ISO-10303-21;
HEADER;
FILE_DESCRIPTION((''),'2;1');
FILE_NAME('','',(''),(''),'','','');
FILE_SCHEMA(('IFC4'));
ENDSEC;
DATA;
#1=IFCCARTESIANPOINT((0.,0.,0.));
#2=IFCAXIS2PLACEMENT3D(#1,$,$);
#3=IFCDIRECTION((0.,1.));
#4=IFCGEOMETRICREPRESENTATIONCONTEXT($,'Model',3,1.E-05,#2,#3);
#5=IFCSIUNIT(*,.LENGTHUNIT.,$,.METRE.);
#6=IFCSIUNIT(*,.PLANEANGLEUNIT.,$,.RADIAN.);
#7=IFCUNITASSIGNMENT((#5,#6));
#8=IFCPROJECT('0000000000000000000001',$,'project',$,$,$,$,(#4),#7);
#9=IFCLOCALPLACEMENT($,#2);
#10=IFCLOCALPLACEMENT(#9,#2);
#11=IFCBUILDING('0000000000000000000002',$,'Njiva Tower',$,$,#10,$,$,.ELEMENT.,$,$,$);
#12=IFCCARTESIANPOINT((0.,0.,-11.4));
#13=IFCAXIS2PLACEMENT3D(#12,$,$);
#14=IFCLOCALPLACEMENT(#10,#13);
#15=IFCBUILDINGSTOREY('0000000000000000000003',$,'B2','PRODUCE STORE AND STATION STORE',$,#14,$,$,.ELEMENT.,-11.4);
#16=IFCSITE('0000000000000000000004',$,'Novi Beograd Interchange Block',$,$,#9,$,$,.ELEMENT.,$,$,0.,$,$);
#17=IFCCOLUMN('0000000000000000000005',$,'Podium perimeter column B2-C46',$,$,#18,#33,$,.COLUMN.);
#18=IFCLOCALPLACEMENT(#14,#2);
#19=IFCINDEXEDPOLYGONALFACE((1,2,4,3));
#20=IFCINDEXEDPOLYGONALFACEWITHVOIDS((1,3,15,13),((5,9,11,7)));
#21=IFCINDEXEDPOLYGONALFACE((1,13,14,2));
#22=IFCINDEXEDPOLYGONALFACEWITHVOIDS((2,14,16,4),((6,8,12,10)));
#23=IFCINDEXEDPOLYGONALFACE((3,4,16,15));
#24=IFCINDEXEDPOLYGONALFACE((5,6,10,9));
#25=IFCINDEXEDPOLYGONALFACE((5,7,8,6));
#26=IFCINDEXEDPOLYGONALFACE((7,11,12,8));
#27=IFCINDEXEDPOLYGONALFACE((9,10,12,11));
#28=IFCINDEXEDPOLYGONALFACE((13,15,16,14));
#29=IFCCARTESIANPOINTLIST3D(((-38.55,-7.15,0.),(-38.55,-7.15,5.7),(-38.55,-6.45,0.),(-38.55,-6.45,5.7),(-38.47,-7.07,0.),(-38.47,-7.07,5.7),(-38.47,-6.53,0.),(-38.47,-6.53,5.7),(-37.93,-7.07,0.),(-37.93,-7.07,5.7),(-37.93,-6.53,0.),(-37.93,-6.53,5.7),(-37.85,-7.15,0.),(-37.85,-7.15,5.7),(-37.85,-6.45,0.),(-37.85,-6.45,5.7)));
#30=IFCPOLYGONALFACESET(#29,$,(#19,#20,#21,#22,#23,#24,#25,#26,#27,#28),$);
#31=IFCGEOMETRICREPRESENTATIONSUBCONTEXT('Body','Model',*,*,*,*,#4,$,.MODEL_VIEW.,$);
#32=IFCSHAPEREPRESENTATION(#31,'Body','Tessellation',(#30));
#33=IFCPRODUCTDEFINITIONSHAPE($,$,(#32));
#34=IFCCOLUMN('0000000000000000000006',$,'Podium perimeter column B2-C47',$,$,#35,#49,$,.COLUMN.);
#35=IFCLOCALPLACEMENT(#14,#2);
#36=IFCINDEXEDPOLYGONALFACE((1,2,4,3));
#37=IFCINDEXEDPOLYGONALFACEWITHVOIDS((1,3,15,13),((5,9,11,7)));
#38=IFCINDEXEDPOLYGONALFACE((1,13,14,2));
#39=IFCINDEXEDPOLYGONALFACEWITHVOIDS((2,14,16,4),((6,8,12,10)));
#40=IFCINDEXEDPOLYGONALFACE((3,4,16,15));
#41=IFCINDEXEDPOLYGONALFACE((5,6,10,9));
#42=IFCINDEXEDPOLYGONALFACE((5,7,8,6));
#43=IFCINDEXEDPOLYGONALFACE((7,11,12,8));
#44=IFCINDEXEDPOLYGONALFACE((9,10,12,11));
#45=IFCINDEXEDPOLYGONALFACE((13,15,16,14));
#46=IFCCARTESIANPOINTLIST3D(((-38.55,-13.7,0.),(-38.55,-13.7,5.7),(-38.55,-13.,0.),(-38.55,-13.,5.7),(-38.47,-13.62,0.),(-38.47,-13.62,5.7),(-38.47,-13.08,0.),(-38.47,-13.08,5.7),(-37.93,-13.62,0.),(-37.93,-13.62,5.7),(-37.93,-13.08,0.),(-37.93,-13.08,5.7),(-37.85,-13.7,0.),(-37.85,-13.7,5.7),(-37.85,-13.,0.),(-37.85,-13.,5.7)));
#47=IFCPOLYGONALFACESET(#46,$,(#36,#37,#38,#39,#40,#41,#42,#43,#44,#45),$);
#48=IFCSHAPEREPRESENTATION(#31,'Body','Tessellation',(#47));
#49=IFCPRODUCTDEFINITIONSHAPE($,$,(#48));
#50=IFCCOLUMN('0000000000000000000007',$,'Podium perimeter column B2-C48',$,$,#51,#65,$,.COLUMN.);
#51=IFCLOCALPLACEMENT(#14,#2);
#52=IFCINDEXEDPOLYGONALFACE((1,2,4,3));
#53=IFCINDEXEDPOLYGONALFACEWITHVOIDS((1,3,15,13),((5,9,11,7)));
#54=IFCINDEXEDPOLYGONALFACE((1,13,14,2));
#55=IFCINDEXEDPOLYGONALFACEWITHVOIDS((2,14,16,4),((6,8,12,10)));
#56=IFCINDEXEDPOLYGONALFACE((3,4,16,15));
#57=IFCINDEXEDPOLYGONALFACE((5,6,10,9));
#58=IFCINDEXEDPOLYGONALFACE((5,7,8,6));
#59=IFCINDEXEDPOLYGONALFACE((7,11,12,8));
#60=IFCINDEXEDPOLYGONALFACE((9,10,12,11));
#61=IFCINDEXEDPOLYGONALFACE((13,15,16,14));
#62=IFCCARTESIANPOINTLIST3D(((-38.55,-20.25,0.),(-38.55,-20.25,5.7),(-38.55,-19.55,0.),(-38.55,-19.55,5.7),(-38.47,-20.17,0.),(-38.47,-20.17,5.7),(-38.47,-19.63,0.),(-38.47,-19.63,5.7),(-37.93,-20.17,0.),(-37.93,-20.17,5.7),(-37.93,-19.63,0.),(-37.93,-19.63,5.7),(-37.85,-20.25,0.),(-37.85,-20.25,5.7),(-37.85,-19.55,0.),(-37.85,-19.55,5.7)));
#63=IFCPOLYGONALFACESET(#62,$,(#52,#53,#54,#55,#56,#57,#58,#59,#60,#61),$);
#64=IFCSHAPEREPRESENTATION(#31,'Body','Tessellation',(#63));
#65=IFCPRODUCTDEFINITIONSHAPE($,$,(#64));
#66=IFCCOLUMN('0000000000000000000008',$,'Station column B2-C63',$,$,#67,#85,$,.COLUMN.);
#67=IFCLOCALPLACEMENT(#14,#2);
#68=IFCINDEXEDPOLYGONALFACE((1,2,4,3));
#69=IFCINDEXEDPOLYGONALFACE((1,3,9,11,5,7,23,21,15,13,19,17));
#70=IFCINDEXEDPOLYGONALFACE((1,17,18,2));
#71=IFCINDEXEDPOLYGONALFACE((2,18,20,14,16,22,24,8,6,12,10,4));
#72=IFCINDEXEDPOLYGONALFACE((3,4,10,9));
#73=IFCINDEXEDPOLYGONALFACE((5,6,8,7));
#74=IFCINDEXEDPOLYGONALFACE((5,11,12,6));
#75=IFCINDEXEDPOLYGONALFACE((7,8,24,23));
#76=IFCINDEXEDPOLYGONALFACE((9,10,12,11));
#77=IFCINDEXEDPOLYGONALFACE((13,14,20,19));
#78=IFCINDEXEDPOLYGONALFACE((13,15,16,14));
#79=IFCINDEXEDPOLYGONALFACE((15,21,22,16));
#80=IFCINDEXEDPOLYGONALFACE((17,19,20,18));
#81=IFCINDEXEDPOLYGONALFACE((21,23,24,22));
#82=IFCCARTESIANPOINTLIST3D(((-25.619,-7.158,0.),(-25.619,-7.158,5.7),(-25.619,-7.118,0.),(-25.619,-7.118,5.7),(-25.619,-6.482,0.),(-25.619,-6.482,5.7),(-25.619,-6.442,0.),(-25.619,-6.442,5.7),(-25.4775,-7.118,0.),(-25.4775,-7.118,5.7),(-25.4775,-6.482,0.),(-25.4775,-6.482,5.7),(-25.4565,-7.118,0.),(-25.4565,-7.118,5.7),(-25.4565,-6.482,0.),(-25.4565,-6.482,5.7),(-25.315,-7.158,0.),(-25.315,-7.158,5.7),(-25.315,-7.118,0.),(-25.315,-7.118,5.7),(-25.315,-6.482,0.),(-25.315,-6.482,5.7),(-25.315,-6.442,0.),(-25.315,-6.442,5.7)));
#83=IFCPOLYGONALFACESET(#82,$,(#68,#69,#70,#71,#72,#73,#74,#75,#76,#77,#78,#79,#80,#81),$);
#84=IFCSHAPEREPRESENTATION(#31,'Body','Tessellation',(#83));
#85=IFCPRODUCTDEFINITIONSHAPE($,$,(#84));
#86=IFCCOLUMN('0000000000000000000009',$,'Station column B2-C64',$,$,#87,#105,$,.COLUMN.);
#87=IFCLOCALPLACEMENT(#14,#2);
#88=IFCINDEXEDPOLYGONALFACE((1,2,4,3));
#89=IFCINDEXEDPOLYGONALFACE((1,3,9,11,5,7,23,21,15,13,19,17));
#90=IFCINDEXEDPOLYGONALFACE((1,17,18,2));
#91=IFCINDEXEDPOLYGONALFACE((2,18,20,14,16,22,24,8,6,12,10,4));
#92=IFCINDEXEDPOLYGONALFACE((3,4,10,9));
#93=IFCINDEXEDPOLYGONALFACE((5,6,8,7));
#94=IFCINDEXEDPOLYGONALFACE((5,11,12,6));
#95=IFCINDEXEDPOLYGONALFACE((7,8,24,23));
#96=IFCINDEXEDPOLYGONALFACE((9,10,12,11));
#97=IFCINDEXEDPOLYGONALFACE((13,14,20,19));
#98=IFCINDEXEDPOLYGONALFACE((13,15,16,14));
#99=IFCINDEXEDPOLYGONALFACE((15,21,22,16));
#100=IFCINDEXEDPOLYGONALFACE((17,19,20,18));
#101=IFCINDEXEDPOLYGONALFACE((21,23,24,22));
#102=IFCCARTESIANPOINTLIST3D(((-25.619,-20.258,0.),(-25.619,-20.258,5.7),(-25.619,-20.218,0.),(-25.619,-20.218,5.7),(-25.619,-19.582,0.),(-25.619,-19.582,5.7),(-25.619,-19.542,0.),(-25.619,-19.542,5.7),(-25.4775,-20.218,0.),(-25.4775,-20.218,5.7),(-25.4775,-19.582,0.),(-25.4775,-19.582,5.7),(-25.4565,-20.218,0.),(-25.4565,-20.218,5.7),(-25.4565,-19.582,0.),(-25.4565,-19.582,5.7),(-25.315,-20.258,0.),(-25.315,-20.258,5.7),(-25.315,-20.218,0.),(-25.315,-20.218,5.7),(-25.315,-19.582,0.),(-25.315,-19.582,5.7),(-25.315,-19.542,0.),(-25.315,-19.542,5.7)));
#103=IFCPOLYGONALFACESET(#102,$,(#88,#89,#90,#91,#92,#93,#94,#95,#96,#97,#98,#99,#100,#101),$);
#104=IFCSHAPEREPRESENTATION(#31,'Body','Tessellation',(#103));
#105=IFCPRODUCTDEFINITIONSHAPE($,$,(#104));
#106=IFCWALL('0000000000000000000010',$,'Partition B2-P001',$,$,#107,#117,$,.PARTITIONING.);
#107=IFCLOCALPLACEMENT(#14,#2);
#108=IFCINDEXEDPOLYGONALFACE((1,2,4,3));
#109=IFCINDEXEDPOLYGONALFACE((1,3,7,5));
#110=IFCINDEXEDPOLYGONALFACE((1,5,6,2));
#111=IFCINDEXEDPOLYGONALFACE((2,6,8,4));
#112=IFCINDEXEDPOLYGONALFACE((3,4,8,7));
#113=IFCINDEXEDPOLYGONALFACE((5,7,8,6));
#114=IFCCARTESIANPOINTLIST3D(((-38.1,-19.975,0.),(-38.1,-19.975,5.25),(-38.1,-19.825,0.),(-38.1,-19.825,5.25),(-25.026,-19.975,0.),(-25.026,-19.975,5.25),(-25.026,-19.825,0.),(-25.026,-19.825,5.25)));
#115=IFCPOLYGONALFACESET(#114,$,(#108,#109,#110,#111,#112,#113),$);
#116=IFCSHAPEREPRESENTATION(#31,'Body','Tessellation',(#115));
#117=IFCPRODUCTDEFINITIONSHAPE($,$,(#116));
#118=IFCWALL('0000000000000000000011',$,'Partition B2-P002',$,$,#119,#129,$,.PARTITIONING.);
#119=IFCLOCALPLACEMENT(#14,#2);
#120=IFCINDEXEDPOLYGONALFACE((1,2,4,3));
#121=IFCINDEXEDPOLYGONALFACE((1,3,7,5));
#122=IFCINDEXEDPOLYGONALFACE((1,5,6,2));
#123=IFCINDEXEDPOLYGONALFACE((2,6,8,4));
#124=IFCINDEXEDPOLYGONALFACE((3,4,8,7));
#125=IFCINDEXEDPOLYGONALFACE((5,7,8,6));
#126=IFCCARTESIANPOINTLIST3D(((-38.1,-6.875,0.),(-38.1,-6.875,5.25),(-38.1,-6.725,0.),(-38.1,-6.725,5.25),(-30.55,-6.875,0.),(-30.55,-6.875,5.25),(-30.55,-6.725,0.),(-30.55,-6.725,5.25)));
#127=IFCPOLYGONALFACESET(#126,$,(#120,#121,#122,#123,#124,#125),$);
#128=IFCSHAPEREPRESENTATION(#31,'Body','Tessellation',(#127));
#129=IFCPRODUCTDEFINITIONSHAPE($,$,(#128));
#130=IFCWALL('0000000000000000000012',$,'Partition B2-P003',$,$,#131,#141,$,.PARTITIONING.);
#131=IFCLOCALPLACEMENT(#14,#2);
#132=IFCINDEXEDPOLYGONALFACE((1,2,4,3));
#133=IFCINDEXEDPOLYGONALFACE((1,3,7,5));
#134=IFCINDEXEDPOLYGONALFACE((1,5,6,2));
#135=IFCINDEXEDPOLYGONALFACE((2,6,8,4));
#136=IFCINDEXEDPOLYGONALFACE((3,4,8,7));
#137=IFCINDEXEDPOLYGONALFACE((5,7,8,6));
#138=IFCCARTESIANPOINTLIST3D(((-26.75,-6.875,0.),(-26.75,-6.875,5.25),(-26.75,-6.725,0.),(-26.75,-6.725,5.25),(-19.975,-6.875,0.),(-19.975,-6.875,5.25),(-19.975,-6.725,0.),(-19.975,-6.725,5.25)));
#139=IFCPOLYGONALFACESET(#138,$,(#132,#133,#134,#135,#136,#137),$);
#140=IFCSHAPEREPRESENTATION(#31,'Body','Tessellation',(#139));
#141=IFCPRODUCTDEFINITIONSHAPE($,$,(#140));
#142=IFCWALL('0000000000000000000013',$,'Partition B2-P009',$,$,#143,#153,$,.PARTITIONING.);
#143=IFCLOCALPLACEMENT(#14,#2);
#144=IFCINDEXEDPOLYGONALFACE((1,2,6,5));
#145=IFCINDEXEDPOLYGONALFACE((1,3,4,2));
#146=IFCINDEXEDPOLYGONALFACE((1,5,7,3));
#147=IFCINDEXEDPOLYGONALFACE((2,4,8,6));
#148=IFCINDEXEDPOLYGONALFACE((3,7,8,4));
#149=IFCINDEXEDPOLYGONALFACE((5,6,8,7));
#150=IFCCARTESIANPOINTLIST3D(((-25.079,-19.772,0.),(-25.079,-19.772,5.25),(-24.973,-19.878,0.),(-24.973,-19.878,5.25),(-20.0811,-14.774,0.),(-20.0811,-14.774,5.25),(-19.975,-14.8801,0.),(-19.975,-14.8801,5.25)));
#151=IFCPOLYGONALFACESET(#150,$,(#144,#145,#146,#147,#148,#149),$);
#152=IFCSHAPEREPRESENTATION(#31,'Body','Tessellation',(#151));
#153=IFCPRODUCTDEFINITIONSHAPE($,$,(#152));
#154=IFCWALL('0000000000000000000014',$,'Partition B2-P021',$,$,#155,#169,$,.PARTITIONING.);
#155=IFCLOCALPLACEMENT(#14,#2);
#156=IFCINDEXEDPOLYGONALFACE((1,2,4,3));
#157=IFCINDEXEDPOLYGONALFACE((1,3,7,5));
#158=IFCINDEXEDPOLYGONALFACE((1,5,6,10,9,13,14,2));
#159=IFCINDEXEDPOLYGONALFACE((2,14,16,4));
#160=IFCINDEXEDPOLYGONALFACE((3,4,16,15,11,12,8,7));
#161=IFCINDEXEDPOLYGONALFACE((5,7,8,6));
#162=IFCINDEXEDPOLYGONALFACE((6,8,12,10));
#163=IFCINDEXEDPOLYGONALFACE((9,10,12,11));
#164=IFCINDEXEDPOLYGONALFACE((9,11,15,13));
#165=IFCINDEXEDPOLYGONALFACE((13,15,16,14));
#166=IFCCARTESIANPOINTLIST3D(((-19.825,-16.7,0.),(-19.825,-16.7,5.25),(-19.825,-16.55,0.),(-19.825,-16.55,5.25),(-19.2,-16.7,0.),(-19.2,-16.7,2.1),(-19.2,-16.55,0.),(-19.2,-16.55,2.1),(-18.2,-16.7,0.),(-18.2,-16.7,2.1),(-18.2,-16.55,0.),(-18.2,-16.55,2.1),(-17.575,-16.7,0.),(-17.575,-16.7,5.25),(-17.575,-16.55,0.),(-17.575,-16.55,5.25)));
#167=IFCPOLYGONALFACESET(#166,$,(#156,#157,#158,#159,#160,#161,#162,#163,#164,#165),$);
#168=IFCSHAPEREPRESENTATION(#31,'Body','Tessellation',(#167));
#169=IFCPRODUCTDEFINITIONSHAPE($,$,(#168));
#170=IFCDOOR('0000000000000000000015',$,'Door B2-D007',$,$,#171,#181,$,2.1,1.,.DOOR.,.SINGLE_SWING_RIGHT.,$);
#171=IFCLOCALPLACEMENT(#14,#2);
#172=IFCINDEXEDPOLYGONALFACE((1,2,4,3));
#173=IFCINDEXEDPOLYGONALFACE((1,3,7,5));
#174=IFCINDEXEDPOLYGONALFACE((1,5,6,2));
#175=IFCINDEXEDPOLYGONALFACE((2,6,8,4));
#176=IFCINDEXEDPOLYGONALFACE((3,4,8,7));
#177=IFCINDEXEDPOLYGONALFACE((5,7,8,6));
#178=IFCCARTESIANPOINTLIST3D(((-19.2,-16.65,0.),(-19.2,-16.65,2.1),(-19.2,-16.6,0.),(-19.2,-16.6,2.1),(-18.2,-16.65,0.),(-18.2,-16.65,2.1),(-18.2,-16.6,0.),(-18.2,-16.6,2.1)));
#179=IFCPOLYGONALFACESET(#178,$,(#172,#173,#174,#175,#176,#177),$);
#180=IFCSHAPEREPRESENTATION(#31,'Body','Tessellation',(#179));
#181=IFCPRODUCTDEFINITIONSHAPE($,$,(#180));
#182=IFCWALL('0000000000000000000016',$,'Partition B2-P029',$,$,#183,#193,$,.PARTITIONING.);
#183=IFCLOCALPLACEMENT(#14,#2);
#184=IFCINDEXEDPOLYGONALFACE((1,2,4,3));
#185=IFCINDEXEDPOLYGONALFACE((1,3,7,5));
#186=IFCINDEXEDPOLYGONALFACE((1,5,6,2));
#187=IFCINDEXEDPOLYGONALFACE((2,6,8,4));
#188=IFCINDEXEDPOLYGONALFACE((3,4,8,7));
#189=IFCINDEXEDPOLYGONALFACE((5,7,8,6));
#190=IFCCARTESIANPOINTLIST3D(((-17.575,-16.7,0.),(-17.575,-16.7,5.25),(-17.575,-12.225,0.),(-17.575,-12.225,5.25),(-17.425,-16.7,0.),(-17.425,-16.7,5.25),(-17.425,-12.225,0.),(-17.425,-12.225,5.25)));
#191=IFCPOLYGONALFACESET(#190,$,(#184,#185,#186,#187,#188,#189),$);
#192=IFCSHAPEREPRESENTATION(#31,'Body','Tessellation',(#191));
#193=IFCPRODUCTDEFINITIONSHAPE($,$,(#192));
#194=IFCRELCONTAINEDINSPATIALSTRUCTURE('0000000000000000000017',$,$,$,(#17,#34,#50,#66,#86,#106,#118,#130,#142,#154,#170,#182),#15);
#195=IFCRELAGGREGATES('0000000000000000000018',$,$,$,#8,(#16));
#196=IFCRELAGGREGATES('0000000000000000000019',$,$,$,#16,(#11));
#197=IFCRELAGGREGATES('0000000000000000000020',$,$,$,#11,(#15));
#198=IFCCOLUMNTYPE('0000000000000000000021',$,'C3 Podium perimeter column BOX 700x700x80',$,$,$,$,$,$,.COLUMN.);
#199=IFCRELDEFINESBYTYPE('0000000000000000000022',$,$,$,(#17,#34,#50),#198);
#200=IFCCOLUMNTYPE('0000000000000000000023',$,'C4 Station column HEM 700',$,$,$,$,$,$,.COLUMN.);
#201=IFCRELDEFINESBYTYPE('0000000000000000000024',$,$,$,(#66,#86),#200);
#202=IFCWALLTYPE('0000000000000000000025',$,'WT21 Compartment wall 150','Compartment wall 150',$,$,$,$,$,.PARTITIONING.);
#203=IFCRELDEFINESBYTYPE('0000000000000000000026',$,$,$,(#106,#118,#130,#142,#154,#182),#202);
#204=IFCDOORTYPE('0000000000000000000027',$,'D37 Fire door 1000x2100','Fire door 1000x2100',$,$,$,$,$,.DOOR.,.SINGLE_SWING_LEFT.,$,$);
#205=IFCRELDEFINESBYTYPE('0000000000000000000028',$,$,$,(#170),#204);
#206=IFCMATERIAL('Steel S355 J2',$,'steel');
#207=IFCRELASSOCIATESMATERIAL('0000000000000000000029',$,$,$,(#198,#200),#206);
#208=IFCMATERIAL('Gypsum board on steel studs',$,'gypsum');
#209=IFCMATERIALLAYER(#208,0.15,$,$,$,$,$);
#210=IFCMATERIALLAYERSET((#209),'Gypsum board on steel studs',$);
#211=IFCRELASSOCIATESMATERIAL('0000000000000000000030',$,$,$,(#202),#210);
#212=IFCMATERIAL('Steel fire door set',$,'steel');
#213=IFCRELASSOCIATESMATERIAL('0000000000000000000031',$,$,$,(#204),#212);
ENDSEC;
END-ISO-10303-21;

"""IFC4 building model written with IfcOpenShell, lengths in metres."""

from ifc_helpers import new_model, si_unit, direction, frame, frame_2d, origin, origin_2d, place, context, subcontext, project, spatial, rectangle, hollow_rectangle, i_section, extrude, material, layer, layer_set, material_profile, profile_set, type_object, element, fill, save


model = new_model("IFC4")

# Units and contexts
model_context = context("Model", 3, precision=1e-05, world=origin(), true_north=direction((0.0, 1.0)))
body_context = subcontext(model_context, "Body", "Model", "MODEL_VIEW")
ifc_project = project(units=[si_unit("LENGTHUNIT", "METRE"), si_unit("PLANEANGLEUNIT", "RADIAN")], contexts=[model_context])

# Site, building, storey
site_placement = place(None, origin())
site = spatial("IfcSite", under=ifc_project, at=site_placement, Name="Novi Beograd Interchange Block", CompositionType="ELEMENT", RefElevation=0.0)
building_placement = place(site_placement, origin())
building = spatial("IfcBuilding", under=site, at=building_placement, Name="Njiva Tower", CompositionType="ELEMENT")
storey_placement = place(building_placement, frame((0.0, 0.0, -11.4)))
storey = spatial("IfcBuildingStorey", under=building, at=storey_placement, Name="B2", Description="PRODUCE STORE AND STATION STORE", CompositionType="ELEMENT", Elevation=-11.4)

# Columns
ifc_material_1 = material(Name="Steel S355 J2", Category="steel")
ifc_material_profile_1 = material_profile(ifc_material_1, hollow_rectangle(XDim=0.7, YDim=0.7, WallThickness=0.08, at=origin_2d()), Name="BOX 700x700x80")
ifc_profile_set_1 = profile_set([ifc_material_profile_1], Name="Steel S355 J2")
column_type_1 = type_object("IfcColumnType", Name="C3 Podium perimeter column BOX 700x700x80", PredefinedType="COLUMN", material=ifc_profile_set_1)
for number, where, z_axis, x_axis, name in (
    (1, (-38.2, -6.8, 0.0), (0.0, 0.0, 1.0), (0.0, -1.0, 0.0), "Podium perimeter column B2-C46"),
    (2, (-38.2, -13.35, 0.0), (0.0, 0.0, 1.0), (0.0, -1.0, 0.0), "Podium perimeter column B2-C47"),
    (3, (-38.2, -19.9, 0.0), (0.0, 0.0, 1.0), (0.0, -1.0, 0.0), "Podium perimeter column B2-C48"),
):
    element("IfcColumn", number, at=place(storey_placement, frame(where, z_axis=z_axis, x_axis=x_axis)), inside=storey, type_object=column_type_1, Name=name, PredefinedType="COLUMN", context=body_context, shape_type="SweptSolid", body=[
        extrude(hollow_rectangle(XDim=0.7, YDim=0.7, WallThickness=0.08, at=origin_2d()), origin(), (0.0, 0.0, 1.0), 5.7),
    ])
ifc_material_profile_2 = material_profile(ifc_material_1, i_section(OverallWidth=0.304, OverallDepth=0.716, WebThickness=0.021, FlangeThickness=0.04, at=origin_2d()), Name="HEM 700")
ifc_profile_set_2 = profile_set([ifc_material_profile_2], Name="Steel S355 J2")
column_type_2 = type_object("IfcColumnType", Name="C4 Station column HEM 700", PredefinedType="COLUMN", material=ifc_profile_set_2)
for number, where, z_axis, x_axis, name in (
    (4, (-25.467, -6.8, 0.0), (0.0, 0.0, 1.0), (1.0, 0.0, 0.0), "Station column B2-C63"),
    (5, (-25.467, -19.9, 0.0), (0.0, 0.0, 1.0), (1.0, 0.0, 0.0), "Station column B2-C64"),
):
    element("IfcColumn", number, at=place(storey_placement, frame(where, z_axis=z_axis, x_axis=x_axis)), inside=storey, type_object=column_type_2, Name=name, PredefinedType="COLUMN", context=body_context, shape_type="SweptSolid", body=[
        extrude(i_section(OverallWidth=0.304, OverallDepth=0.716, WebThickness=0.021, FlangeThickness=0.04, at=origin_2d()), origin(), (0.0, 0.0, 1.0), 5.7),
    ])

# Walls
ifc_material_2 = material(Name="Gypsum board on steel studs", Category="gypsum")
ifc_layer_1 = layer(ifc_material_2, 0.15)
ifc_layer_set_1 = layer_set([ifc_layer_1], Name="Gypsum board on steel studs")
wall_type_1 = type_object("IfcWallType", Name="WT21 Compartment wall 150", Description="Compartment wall 150", PredefinedType="PARTITIONING", material=ifc_layer_set_1)
wall_1_placement = place(storey_placement, frame((-38.1, -19.9, 0.0), z_axis=(0.0, 0.0, 1.0), x_axis=(1.0, 0.0, 0.0)))
element("IfcWall", 6, at=wall_1_placement, inside=storey, type_object=wall_type_1, Name="Partition B2-P001", PredefinedType="PARTITIONING", context=body_context, shape_type="SweptSolid", body=[
    extrude(rectangle(XDim=13.074, YDim=0.15, at=frame_2d((6.537, 0.0))), origin(), (0.0, 0.0, 1.0), 5.25),
])
wall_2_placement = place(storey_placement, frame((-38.1, -6.8, 0.0), z_axis=(0.0, 0.0, 1.0), x_axis=(1.0, 0.0, 0.0)))
element("IfcWall", 7, at=wall_2_placement, inside=storey, type_object=wall_type_1, Name="Partition B2-P002", PredefinedType="PARTITIONING", context=body_context, shape_type="SweptSolid", body=[
    extrude(rectangle(XDim=7.55, YDim=0.15, at=frame_2d((3.775, 0.0))), origin(), (0.0, 0.0, 1.0), 5.25),
])
wall_3_placement = place(storey_placement, frame((-26.75, -6.8, 0.0), z_axis=(0.0, 0.0, 1.0), x_axis=(1.0, 0.0, 0.0)))
element("IfcWall", 8, at=wall_3_placement, inside=storey, type_object=wall_type_1, Name="Partition B2-P003", PredefinedType="PARTITIONING", context=body_context, shape_type="SweptSolid", body=[
    extrude(rectangle(XDim=6.775, YDim=0.15, at=frame_2d((3.3875, 0.0))), origin(), (0.0, 0.0, 1.0), 5.25),
])
wall_4_placement = place(storey_placement, frame((-25.026, -19.825, 0.0), z_axis=(0.0, 0.0, 1.0), x_axis=(0.707107, 0.707107, 0.0)))
element("IfcWall", 9, at=wall_4_placement, inside=storey, type_object=wall_type_1, Name="Partition B2-P009", PredefinedType="PARTITIONING", context=body_context, shape_type="SweptSolid", body=[
    extrude(rectangle(XDim=7.0682, YDim=0.15, at=frame_2d((3.5341, 0.0))), origin(), (0.0, 0.0, 1.0), 5.25),
])

# Wall, opening, door
wall_5_placement = place(storey_placement, frame((-19.825, -16.625, 0.0), z_axis=(0.0, 0.0, 1.0), x_axis=(1.0, 0.0, 0.0)))
wall_5 = element("IfcWall", 10, at=wall_5_placement, inside=storey, type_object=wall_type_1, Name="Partition B2-P021", PredefinedType="PARTITIONING", context=body_context, shape_type="SweptSolid", body=[
    extrude(rectangle(XDim=2.25, YDim=0.15, at=frame_2d((1.125, 0.0))), origin(), (0.0, 0.0, 1.0), 5.25),
])
opening_1_placement = place(wall_5_placement, frame((0.625, 0.0, 0.0)))
opening_1 = element("IfcOpeningElement", 11, at=opening_1_placement, cuts=wall_5, PredefinedType="OPENING", context=body_context, shape_type="SweptSolid", body=[
    extrude(rectangle(XDim=1.0, YDim=2.1, at=frame_2d((0.5, 1.05))), frame((0.0, 0.085, 0.0), z_axis=(0.0, -1.0, 0.0), x_axis=(1.0, 0.0, 0.0)), (0.0, 0.0, 1.0), 0.17),
])
ifc_material_3 = material(Name="Steel fire door set", Category="steel")
door_type_1 = type_object("IfcDoorType", Name="D37 Fire door 1000x2100", Description="Fire door 1000x2100", OperationType="SINGLE_SWING_LEFT", PredefinedType="DOOR", material=ifc_material_3)
door_1_placement = place(opening_1_placement, origin())
door_1 = element("IfcDoor", 12, at=door_1_placement, inside=storey, type_object=door_type_1, Name="Door B2-D007", OperationType="SINGLE_SWING_RIGHT", OverallHeight=2.1, OverallWidth=1.0, PredefinedType="DOOR", context=body_context, shape_type="SweptSolid", body=[
    extrude(rectangle(XDim=1.0, YDim=2.1, at=frame_2d((0.5, 1.05))), frame((0.0, 0.025, 0.0), z_axis=(0.0, -1.0, 0.0), x_axis=(1.0, 0.0, 0.0)), (0.0, 0.0, 1.0), 0.05),
])
fill(opening_1, door_1)

# Wall
wall_6_placement = place(storey_placement, frame((-17.5, -16.7, 0.0), z_axis=(0.0, 0.0, 1.0), x_axis=(0.0, 1.0, 0.0)))
element("IfcWall", 13, at=wall_6_placement, inside=storey, type_object=wall_type_1, Name="Partition B2-P029", PredefinedType="PARTITIONING", context=body_context, shape_type="SweptSolid", body=[
    extrude(rectangle(XDim=4.475, YDim=0.15, at=frame_2d((2.2375, 0.0))), origin(), (0.0, 0.0, 1.0), 5.25),
])

save(model, "model.ifc")
